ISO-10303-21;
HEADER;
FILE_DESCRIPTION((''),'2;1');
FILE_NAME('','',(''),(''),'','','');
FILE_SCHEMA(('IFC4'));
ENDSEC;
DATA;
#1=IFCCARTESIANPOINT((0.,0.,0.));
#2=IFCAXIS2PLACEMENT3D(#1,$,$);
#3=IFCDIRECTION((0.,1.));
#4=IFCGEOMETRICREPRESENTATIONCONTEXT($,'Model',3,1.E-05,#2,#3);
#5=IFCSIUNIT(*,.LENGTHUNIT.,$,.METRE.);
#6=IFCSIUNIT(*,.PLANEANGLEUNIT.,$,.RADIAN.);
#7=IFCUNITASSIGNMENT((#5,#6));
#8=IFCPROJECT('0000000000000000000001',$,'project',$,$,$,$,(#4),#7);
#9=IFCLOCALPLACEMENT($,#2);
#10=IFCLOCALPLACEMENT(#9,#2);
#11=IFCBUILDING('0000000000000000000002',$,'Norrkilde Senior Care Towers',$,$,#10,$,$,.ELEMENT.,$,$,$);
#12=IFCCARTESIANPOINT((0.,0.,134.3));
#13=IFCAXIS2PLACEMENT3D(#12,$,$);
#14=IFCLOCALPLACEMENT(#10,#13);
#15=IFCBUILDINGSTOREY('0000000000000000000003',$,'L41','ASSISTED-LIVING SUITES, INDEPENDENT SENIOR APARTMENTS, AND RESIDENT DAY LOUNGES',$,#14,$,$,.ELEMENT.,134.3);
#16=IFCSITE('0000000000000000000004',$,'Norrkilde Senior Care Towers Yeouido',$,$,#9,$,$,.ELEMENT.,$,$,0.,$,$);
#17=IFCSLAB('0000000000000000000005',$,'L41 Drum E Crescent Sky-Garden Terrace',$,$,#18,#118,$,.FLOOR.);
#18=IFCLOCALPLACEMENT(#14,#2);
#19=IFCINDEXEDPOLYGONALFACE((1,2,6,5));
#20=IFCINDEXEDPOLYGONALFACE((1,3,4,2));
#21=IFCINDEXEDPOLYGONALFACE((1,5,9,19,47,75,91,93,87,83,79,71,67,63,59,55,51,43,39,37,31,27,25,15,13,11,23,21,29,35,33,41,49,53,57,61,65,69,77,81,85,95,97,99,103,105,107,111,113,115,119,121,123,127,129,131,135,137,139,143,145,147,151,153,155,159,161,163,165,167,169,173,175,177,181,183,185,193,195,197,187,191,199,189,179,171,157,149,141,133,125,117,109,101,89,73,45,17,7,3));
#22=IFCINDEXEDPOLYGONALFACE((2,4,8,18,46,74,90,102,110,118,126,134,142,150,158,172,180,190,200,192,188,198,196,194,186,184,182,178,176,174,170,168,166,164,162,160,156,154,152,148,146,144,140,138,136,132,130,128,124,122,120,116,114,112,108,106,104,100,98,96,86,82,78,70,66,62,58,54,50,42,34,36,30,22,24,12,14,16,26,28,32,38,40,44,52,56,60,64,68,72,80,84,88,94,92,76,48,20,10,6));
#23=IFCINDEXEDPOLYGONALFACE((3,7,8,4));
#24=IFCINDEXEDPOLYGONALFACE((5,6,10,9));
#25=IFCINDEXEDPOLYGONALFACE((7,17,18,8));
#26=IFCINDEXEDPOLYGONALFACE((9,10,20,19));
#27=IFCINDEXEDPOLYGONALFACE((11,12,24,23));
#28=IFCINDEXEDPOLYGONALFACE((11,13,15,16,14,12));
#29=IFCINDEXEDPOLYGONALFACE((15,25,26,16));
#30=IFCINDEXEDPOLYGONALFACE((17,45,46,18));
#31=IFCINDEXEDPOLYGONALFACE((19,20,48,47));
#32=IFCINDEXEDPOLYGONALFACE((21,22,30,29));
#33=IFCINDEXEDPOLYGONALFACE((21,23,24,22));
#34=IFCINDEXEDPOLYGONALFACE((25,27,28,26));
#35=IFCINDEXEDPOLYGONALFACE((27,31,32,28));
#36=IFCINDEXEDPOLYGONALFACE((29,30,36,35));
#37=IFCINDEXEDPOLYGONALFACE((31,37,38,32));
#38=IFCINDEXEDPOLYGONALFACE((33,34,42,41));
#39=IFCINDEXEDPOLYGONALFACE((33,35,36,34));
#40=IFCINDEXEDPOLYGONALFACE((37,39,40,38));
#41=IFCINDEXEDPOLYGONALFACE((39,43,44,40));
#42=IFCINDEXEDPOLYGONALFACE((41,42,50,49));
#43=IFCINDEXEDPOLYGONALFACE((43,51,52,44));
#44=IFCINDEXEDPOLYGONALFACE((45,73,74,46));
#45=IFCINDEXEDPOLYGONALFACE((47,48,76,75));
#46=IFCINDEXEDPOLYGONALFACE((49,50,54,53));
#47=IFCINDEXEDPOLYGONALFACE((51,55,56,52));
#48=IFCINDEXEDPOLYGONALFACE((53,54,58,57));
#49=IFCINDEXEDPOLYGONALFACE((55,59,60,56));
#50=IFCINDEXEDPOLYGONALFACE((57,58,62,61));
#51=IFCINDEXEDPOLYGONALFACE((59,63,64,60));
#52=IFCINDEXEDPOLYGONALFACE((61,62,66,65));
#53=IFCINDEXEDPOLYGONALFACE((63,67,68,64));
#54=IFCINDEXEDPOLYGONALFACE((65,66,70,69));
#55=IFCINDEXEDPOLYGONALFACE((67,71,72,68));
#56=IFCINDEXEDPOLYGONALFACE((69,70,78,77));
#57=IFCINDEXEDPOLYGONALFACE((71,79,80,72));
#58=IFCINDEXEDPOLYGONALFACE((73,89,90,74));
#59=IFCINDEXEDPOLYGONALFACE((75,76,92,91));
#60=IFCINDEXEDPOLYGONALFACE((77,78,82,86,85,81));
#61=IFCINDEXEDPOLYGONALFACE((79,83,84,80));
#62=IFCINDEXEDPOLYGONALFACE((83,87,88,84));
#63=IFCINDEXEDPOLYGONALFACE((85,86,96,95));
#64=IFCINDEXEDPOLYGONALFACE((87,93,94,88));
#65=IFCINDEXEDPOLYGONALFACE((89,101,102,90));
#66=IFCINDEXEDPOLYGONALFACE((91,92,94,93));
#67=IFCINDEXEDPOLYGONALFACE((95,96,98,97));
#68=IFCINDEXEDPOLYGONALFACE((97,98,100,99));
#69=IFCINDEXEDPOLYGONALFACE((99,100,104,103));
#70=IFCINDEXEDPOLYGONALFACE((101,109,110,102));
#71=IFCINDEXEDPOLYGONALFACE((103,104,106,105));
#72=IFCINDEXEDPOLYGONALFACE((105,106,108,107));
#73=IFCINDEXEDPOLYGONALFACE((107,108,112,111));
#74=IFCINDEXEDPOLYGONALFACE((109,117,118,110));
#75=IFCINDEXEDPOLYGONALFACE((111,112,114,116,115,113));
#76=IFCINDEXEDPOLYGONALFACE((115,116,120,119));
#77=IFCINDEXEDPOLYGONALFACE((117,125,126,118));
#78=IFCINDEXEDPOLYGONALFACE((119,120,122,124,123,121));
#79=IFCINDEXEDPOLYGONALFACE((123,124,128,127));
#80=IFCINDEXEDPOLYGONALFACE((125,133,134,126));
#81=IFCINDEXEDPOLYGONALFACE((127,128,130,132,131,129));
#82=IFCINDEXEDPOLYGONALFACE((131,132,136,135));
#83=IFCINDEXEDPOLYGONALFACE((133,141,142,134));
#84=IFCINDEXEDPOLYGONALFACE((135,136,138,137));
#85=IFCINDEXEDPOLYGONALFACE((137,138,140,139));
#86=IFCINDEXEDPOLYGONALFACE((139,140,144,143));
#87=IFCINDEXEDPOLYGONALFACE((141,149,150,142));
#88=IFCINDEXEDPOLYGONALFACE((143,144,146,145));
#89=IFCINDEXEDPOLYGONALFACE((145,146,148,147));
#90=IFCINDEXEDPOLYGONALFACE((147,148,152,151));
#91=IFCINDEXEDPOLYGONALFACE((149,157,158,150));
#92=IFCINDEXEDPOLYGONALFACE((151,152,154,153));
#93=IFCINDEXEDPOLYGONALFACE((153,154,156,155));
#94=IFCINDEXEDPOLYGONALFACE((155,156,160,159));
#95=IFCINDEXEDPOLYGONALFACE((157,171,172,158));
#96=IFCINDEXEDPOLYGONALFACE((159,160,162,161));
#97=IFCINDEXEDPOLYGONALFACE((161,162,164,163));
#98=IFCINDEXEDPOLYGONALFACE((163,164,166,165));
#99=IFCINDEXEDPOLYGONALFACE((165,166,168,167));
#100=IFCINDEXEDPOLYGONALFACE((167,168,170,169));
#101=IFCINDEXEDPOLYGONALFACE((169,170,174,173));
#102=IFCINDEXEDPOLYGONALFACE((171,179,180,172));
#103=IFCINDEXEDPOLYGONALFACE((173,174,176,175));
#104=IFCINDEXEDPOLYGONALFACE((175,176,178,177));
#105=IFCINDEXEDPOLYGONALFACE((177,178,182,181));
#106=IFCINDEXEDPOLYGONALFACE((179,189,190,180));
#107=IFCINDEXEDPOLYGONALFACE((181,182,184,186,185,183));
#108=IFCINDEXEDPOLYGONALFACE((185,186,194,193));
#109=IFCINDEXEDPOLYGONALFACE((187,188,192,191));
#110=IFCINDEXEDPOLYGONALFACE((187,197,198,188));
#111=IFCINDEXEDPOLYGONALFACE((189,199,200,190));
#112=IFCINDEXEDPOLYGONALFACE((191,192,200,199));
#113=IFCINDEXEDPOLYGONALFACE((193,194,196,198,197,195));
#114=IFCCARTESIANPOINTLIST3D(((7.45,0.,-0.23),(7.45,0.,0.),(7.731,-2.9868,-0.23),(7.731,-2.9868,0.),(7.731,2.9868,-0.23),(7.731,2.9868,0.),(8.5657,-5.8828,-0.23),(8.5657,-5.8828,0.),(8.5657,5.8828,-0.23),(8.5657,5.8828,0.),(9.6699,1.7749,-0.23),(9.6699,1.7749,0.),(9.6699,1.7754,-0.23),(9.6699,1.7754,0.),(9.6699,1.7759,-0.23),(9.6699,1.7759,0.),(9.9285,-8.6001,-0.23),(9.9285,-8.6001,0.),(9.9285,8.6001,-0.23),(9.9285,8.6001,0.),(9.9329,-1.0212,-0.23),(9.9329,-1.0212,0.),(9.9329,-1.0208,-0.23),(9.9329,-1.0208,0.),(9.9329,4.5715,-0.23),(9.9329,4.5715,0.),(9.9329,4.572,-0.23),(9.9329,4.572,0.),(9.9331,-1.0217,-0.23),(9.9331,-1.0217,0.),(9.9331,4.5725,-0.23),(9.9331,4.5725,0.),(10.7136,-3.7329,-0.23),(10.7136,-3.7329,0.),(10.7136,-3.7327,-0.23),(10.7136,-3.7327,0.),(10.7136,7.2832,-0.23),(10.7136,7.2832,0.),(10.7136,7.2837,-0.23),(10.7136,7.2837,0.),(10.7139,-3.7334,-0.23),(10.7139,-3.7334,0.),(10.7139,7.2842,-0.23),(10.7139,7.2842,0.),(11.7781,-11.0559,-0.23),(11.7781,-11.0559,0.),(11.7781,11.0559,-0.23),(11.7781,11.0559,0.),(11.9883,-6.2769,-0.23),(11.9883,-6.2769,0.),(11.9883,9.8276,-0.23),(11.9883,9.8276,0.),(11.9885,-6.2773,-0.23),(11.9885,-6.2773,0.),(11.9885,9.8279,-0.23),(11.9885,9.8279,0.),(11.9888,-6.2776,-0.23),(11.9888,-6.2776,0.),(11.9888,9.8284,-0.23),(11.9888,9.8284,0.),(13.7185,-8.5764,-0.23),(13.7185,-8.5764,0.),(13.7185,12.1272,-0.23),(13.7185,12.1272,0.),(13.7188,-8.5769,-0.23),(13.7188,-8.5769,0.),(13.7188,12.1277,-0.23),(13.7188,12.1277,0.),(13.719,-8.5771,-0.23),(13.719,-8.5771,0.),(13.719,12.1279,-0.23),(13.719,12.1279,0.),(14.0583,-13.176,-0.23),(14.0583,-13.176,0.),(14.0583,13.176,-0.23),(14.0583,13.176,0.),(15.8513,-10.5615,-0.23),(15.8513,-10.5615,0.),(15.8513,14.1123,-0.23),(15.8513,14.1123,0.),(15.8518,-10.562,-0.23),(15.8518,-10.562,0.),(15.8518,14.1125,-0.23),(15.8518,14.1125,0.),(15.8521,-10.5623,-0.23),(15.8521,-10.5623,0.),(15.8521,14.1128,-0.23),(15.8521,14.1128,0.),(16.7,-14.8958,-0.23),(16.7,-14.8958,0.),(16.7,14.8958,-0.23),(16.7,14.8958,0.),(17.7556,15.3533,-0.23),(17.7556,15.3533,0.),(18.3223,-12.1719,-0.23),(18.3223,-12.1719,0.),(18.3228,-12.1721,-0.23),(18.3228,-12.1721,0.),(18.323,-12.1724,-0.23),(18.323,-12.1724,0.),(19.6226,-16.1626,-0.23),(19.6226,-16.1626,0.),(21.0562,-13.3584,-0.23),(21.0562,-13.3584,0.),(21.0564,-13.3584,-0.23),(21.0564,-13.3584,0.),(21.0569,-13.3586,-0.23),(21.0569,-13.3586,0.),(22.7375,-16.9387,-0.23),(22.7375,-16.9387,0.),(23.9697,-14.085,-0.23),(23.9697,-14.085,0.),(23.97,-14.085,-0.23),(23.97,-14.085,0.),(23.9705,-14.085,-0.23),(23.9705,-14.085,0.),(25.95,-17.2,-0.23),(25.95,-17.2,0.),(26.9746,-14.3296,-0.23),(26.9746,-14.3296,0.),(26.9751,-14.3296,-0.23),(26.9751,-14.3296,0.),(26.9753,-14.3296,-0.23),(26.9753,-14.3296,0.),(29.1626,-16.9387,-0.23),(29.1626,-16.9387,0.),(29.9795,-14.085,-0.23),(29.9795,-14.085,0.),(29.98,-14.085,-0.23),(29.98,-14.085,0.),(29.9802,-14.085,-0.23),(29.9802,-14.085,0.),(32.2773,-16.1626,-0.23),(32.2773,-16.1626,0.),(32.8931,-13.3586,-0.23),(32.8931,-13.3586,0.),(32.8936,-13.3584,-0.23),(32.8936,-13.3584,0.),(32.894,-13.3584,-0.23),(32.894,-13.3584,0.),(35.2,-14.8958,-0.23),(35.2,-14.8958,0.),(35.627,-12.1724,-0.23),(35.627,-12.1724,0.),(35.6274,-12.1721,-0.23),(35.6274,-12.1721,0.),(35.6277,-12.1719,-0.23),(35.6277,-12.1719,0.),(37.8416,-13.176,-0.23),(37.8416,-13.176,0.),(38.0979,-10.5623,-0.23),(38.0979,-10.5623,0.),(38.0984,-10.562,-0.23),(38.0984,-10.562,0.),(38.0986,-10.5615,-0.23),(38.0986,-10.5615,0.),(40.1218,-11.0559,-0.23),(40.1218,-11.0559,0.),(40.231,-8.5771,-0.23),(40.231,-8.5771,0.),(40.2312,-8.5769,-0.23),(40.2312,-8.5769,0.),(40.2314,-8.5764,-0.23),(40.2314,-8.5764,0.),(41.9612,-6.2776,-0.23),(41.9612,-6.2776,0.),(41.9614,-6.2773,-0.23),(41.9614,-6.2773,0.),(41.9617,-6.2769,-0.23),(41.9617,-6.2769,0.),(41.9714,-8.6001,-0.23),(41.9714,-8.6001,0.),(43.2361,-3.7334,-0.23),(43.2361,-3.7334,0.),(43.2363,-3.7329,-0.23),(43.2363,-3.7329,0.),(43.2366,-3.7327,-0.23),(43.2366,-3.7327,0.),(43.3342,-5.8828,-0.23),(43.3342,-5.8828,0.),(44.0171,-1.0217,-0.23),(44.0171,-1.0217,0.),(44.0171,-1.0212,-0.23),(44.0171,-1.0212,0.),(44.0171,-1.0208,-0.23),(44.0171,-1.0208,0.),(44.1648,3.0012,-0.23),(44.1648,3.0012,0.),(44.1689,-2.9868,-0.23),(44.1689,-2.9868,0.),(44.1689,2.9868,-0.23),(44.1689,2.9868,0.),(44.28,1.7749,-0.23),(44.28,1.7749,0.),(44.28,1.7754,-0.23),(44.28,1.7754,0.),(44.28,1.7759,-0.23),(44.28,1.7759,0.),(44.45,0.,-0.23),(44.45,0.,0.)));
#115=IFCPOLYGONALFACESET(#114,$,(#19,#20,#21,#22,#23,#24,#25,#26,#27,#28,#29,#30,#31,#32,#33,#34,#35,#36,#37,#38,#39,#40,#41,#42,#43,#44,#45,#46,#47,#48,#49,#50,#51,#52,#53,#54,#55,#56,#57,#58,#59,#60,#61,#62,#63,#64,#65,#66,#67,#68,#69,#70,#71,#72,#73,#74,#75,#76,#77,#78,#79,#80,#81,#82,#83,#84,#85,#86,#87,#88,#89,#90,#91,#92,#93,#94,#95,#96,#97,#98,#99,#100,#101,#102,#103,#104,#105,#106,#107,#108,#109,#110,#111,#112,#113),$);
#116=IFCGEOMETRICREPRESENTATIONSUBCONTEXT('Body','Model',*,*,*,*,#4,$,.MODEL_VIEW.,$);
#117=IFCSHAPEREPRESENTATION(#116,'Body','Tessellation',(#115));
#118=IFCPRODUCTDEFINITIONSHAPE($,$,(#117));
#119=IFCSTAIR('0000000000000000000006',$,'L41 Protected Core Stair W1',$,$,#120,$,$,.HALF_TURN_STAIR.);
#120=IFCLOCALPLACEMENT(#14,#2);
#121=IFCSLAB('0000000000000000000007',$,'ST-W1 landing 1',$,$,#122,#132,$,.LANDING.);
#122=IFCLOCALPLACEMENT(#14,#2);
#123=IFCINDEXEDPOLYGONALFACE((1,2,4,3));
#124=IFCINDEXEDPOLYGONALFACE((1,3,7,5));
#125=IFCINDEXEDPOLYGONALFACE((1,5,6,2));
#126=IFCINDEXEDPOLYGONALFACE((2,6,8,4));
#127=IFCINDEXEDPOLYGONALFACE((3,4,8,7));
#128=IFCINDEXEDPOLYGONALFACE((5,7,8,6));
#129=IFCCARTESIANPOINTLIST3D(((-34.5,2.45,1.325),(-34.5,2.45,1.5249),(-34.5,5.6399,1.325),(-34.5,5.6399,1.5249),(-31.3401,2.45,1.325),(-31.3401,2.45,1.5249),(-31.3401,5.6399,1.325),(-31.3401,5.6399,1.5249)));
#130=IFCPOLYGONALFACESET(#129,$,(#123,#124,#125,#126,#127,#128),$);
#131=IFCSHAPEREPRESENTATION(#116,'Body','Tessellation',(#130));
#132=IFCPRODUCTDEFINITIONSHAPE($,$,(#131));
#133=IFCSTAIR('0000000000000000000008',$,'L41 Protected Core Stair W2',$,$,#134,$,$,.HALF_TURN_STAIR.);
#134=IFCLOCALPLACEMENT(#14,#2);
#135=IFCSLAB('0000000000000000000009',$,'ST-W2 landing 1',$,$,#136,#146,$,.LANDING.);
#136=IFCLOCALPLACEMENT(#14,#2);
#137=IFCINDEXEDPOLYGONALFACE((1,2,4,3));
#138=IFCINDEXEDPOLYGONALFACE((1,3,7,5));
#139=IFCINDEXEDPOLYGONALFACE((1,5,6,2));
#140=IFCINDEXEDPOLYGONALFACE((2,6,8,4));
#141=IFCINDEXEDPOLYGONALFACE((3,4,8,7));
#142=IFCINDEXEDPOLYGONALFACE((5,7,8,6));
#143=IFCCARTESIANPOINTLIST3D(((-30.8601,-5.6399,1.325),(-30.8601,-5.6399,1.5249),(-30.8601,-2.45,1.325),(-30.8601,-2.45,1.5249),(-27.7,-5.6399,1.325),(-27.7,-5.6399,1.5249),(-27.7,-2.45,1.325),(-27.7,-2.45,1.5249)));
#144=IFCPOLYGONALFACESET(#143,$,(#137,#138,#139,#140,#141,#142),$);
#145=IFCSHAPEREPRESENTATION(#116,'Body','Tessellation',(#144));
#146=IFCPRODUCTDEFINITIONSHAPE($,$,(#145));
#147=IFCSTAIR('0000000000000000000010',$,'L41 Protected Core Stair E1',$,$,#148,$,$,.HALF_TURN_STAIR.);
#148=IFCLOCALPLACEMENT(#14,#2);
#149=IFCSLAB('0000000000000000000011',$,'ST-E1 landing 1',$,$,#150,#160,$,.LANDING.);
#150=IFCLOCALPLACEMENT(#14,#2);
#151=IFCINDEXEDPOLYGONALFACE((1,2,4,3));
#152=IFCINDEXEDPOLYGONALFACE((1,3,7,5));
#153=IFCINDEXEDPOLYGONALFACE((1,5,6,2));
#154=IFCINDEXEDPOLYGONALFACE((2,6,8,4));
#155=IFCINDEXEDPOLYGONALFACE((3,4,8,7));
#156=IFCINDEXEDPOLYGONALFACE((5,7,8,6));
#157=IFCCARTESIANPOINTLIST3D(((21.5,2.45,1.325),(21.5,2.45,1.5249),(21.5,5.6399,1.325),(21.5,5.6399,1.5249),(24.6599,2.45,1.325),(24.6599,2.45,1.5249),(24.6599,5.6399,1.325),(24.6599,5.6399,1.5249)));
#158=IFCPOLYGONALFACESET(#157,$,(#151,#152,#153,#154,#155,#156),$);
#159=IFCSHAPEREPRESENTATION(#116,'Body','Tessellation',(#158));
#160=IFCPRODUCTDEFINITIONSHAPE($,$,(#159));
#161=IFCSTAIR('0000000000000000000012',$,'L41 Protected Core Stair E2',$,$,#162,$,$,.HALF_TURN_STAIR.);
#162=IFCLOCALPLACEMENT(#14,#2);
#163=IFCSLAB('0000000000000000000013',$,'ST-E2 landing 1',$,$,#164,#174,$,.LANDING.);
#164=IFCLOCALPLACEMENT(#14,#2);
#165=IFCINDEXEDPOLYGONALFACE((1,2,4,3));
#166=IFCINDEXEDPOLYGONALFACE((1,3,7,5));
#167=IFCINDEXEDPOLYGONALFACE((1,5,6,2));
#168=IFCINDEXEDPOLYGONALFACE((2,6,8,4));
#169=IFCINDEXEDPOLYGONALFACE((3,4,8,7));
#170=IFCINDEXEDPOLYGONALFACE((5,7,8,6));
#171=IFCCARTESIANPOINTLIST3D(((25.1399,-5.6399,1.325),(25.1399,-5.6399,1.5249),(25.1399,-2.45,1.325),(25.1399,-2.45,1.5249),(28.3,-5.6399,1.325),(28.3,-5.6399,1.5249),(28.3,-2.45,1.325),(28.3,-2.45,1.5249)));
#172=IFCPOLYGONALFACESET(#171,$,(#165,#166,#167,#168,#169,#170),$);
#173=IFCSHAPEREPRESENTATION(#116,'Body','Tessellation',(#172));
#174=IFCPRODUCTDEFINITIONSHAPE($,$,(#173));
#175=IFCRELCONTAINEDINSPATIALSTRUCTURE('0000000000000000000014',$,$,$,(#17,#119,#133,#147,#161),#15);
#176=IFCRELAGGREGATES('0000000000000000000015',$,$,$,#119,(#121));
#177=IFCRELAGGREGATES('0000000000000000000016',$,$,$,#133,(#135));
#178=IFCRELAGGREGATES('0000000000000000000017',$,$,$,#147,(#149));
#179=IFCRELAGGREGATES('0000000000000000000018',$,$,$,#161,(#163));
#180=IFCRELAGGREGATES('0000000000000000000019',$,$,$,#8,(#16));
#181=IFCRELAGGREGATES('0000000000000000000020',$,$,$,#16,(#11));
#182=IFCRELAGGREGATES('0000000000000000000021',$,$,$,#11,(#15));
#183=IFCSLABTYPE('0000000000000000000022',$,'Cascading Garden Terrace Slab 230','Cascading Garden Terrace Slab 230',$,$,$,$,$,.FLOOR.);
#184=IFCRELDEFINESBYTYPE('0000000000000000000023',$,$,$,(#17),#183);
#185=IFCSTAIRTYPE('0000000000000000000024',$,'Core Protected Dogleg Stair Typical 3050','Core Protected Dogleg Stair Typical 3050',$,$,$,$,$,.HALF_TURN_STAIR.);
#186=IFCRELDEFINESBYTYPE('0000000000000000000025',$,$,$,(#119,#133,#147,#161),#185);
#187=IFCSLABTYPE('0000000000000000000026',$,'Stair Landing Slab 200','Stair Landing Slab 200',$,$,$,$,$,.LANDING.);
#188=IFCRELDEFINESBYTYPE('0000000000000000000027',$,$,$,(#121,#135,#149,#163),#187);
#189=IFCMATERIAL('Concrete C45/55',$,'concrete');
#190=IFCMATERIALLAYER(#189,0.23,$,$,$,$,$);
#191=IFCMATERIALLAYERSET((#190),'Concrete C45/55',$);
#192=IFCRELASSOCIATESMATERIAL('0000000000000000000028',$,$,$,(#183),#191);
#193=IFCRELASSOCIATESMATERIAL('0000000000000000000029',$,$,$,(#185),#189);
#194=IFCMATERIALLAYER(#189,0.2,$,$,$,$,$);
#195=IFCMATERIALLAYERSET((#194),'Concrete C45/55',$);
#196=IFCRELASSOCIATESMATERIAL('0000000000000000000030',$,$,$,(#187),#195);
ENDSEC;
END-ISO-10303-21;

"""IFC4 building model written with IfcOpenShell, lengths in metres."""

from ifc_helpers import new_model, si_unit, direction, frame, origin, place, context, subcontext, project, spatial, polyline, outline, extrude, material, layer, layer_set, type_object, element, aggregate, save


model = new_model("IFC4")

# Units and contexts
model_context = context("Model", 3, precision=1e-05, world=origin(), true_north=direction((0.0, 1.0)))
body_context = subcontext(model_context, "Body", "Model", "MODEL_VIEW")
ifc_project = project(units=[si_unit("LENGTHUNIT", "METRE"), si_unit("PLANEANGLEUNIT", "RADIAN")], contexts=[model_context])

# Site, building, storey
site_placement = place(None, origin())
site = spatial("IfcSite", under=ifc_project, at=site_placement, Name="Norrkilde Senior Care Towers Yeouido", CompositionType="ELEMENT", RefElevation=0.0)
building_placement = place(site_placement, origin())
building = spatial("IfcBuilding", under=site, at=building_placement, Name="Norrkilde Senior Care Towers", CompositionType="ELEMENT")
storey_placement = place(building_placement, frame((0.0, 0.0, 134.3)))
storey = spatial("IfcBuildingStorey", under=building, at=storey_placement, Name="L41", Description="ASSISTED-LIVING SUITES, INDEPENDENT SENIOR APARTMENTS, AND RESIDENT DAY LOUNGES", CompositionType="ELEMENT", Elevation=134.3)

# Slab
ifc_material_1 = material(Name="Concrete C45/55", Category="concrete")
ifc_layer_1 = layer(ifc_material_1, 0.23)
ifc_layer_set_1 = layer_set([ifc_layer_1], Name="Concrete C45/55")
slab_type_1 = type_object("IfcSlabType", Name="Cascading Garden Terrace Slab 230", Description="Cascading Garden Terrace Slab 230", PredefinedType="FLOOR", material=ifc_layer_set_1)
slab_1_placement = place(storey_placement, frame((0.0, 0.0, -0.23)))
element("IfcSlab", 1, at=slab_1_placement, inside=storey, type_object=slab_type_1, Name="L41 Drum E Crescent Sky-Garden Terrace", PredefinedType="FLOOR", context=body_context, shape_type="SweptSolid", body=[
    extrude(outline(polyline([(44.1689, 2.9868), (44.45, 0.0), (44.1689, -2.9868), (43.3342, -5.8828), (41.9714, -8.6001), (40.1218, -11.0559), (37.8416, -13.176), (35.2, -14.8958), (32.2773, -16.1626), (29.1626, -16.9387), (25.95, -17.2), (22.7375, -16.9387), (19.6226, -16.1626), (16.7, -14.8958), (14.0583, -13.176), (11.7781, -11.0559), (9.9285, -8.6001), (8.5657, -5.8828), (7.731, -2.9868), (7.45, 0.0), (7.731, 2.9868), (8.5657, 5.8828), (9.9285, 8.6001), (11.7781, 11.0559), (14.0583, 13.176), (16.7, 14.8958), (17.7556, 15.3533), (15.8521, 14.1128), (15.8518, 14.1125), (15.8513, 14.1123), (13.719, 12.1279), (13.7188, 12.1277), (13.7185, 12.1272), (11.9888, 9.8284), (11.9885, 9.8279), (11.9883, 9.8276), (10.7139, 7.2842), (10.7136, 7.2837), (10.7136, 7.2832), (9.9331, 4.5725), (9.9329, 4.572), (9.9329, 4.5715), (9.6699, 1.7759), (9.6699, 1.7754), (9.6699, 1.7749), (9.9329, -1.0208), (9.9329, -1.0212), (9.9331, -1.0217), (10.7136, -3.7327), (10.7136, -3.7329), (10.7139, -3.7334), (11.9883, -6.2769), (11.9885, -6.2773), (11.9888, -6.2776), (13.7185, -8.5764), (13.7188, -8.5769), (13.719, -8.5771), (15.8513, -10.5615), (15.8518, -10.562), (15.8521, -10.5623), (18.3223, -12.1719), (18.3228, -12.1721), (18.323, -12.1724), (21.0562, -13.3584), (21.0564, -13.3584), (21.0569, -13.3586), (23.9697, -14.085), (23.97, -14.085), (23.9705, -14.085), (26.9746, -14.3296), (26.9751, -14.3296), (26.9753, -14.3296), (29.9795, -14.085), (29.98, -14.085), (29.9802, -14.085), (32.8931, -13.3586), (32.8936, -13.3584), (32.894, -13.3584), (35.627, -12.1724), (35.6274, -12.1721), (35.6277, -12.1719), (38.0979, -10.5623), (38.0984, -10.562), (38.0986, -10.5615), (40.231, -8.5771), (40.2312, -8.5769), (40.2314, -8.5764), (41.9612, -6.2776), (41.9614, -6.2773), (41.9617, -6.2769), (43.2361, -3.7334), (43.2363, -3.7329), (43.2366, -3.7327), (44.0171, -1.0217), (44.0171, -1.0212), (44.0171, -1.0208), (44.28, 1.7749), (44.28, 1.7754), (44.28, 1.7759), (44.1648, 3.0012), (44.1689, 2.9868)])), origin(), (0.0, 0.0, 1.0), 0.23),
])

# Stairs, slabs
stair_type = type_object("IfcStairType", Name="Core Protected Dogleg Stair Typical 3050", Description="Core Protected Dogleg Stair Typical 3050", PredefinedType="HALF_TURN_STAIR", material=ifc_material_1)
stair_1_placement = place(storey_placement, origin())
stair_1 = element("IfcStair", 2, at=stair_1_placement, inside=storey, type_object=stair_type, Name="L41 Protected Core Stair W1", PredefinedType="HALF_TURN_STAIR")
ifc_layer_2 = layer(ifc_material_1, 0.2)
ifc_layer_set_2 = layer_set([ifc_layer_2], Name="Concrete C45/55")
slab_type_2 = type_object("IfcSlabType", Name="Stair Landing Slab 200", Description="Stair Landing Slab 200", PredefinedType="LANDING", material=ifc_layer_set_2)
slab_2_placement = place(storey_placement, frame((0.0, 0.0, 1.325)))
slab_2 = element("IfcSlab", 3, at=slab_2_placement, type_object=slab_type_2, Name="ST-W1 landing 1", PredefinedType="LANDING", context=body_context, shape_type="SweptSolid", body=[
    extrude(outline(polyline([(-31.3401, 5.6399), (-34.5, 5.6399), (-34.5, 2.45), (-31.3401, 2.45), (-31.3401, 5.6399)])), origin(), (0.0, 0.0, 1.0), 0.2),
])
aggregate(stair_1, [slab_2])
stair_2_placement = place(storey_placement, origin())
stair_2 = element("IfcStair", 4, at=stair_2_placement, inside=storey, type_object=stair_type, Name="L41 Protected Core Stair W2", PredefinedType="HALF_TURN_STAIR")
slab_3_placement = place(storey_placement, frame((0.0, 0.0, 1.325)))
slab_3 = element("IfcSlab", 5, at=slab_3_placement, type_object=slab_type_2, Name="ST-W2 landing 1", PredefinedType="LANDING", context=body_context, shape_type="SweptSolid", body=[
    extrude(outline(polyline([(-30.8601, -5.6399), (-27.7, -5.6399), (-27.7, -2.45), (-30.8601, -2.45), (-30.8601, -5.6399)])), origin(), (0.0, 0.0, 1.0), 0.2),
])
aggregate(stair_2, [slab_3])
stair_3_placement = place(storey_placement, origin())
stair_3 = element("IfcStair", 6, at=stair_3_placement, inside=storey, type_object=stair_type, Name="L41 Protected Core Stair E1", PredefinedType="HALF_TURN_STAIR")
slab_4_placement = place(storey_placement, frame((0.0, 0.0, 1.325)))
slab_4 = element("IfcSlab", 7, at=slab_4_placement, type_object=slab_type_2, Name="ST-E1 landing 1", PredefinedType="LANDING", context=body_context, shape_type="SweptSolid", body=[
    extrude(outline(polyline([(24.6599, 5.6399), (21.5, 5.6399), (21.5, 2.45), (24.6599, 2.45), (24.6599, 5.6399)])), origin(), (0.0, 0.0, 1.0), 0.2),
])
aggregate(stair_3, [slab_4])
stair_4_placement = place(storey_placement, origin())
stair_4 = element("IfcStair", 8, at=stair_4_placement, inside=storey, type_object=stair_type, Name="L41 Protected Core Stair E2", PredefinedType="HALF_TURN_STAIR")
slab_5_placement = place(storey_placement, frame((0.0, 0.0, 1.325)))
slab_5 = element("IfcSlab", 9, at=slab_5_placement, type_object=slab_type_2, Name="ST-E2 landing 1", PredefinedType="LANDING", context=body_context, shape_type="SweptSolid", body=[
    extrude(outline(polyline([(25.1399, -5.6399), (28.3, -5.6399), (28.3, -2.45), (25.1399, -2.45), (25.1399, -5.6399)])), origin(), (0.0, 0.0, 1.0), 0.2),
])
aggregate(stair_4, [slab_5])

save(model, "model.ifc")
